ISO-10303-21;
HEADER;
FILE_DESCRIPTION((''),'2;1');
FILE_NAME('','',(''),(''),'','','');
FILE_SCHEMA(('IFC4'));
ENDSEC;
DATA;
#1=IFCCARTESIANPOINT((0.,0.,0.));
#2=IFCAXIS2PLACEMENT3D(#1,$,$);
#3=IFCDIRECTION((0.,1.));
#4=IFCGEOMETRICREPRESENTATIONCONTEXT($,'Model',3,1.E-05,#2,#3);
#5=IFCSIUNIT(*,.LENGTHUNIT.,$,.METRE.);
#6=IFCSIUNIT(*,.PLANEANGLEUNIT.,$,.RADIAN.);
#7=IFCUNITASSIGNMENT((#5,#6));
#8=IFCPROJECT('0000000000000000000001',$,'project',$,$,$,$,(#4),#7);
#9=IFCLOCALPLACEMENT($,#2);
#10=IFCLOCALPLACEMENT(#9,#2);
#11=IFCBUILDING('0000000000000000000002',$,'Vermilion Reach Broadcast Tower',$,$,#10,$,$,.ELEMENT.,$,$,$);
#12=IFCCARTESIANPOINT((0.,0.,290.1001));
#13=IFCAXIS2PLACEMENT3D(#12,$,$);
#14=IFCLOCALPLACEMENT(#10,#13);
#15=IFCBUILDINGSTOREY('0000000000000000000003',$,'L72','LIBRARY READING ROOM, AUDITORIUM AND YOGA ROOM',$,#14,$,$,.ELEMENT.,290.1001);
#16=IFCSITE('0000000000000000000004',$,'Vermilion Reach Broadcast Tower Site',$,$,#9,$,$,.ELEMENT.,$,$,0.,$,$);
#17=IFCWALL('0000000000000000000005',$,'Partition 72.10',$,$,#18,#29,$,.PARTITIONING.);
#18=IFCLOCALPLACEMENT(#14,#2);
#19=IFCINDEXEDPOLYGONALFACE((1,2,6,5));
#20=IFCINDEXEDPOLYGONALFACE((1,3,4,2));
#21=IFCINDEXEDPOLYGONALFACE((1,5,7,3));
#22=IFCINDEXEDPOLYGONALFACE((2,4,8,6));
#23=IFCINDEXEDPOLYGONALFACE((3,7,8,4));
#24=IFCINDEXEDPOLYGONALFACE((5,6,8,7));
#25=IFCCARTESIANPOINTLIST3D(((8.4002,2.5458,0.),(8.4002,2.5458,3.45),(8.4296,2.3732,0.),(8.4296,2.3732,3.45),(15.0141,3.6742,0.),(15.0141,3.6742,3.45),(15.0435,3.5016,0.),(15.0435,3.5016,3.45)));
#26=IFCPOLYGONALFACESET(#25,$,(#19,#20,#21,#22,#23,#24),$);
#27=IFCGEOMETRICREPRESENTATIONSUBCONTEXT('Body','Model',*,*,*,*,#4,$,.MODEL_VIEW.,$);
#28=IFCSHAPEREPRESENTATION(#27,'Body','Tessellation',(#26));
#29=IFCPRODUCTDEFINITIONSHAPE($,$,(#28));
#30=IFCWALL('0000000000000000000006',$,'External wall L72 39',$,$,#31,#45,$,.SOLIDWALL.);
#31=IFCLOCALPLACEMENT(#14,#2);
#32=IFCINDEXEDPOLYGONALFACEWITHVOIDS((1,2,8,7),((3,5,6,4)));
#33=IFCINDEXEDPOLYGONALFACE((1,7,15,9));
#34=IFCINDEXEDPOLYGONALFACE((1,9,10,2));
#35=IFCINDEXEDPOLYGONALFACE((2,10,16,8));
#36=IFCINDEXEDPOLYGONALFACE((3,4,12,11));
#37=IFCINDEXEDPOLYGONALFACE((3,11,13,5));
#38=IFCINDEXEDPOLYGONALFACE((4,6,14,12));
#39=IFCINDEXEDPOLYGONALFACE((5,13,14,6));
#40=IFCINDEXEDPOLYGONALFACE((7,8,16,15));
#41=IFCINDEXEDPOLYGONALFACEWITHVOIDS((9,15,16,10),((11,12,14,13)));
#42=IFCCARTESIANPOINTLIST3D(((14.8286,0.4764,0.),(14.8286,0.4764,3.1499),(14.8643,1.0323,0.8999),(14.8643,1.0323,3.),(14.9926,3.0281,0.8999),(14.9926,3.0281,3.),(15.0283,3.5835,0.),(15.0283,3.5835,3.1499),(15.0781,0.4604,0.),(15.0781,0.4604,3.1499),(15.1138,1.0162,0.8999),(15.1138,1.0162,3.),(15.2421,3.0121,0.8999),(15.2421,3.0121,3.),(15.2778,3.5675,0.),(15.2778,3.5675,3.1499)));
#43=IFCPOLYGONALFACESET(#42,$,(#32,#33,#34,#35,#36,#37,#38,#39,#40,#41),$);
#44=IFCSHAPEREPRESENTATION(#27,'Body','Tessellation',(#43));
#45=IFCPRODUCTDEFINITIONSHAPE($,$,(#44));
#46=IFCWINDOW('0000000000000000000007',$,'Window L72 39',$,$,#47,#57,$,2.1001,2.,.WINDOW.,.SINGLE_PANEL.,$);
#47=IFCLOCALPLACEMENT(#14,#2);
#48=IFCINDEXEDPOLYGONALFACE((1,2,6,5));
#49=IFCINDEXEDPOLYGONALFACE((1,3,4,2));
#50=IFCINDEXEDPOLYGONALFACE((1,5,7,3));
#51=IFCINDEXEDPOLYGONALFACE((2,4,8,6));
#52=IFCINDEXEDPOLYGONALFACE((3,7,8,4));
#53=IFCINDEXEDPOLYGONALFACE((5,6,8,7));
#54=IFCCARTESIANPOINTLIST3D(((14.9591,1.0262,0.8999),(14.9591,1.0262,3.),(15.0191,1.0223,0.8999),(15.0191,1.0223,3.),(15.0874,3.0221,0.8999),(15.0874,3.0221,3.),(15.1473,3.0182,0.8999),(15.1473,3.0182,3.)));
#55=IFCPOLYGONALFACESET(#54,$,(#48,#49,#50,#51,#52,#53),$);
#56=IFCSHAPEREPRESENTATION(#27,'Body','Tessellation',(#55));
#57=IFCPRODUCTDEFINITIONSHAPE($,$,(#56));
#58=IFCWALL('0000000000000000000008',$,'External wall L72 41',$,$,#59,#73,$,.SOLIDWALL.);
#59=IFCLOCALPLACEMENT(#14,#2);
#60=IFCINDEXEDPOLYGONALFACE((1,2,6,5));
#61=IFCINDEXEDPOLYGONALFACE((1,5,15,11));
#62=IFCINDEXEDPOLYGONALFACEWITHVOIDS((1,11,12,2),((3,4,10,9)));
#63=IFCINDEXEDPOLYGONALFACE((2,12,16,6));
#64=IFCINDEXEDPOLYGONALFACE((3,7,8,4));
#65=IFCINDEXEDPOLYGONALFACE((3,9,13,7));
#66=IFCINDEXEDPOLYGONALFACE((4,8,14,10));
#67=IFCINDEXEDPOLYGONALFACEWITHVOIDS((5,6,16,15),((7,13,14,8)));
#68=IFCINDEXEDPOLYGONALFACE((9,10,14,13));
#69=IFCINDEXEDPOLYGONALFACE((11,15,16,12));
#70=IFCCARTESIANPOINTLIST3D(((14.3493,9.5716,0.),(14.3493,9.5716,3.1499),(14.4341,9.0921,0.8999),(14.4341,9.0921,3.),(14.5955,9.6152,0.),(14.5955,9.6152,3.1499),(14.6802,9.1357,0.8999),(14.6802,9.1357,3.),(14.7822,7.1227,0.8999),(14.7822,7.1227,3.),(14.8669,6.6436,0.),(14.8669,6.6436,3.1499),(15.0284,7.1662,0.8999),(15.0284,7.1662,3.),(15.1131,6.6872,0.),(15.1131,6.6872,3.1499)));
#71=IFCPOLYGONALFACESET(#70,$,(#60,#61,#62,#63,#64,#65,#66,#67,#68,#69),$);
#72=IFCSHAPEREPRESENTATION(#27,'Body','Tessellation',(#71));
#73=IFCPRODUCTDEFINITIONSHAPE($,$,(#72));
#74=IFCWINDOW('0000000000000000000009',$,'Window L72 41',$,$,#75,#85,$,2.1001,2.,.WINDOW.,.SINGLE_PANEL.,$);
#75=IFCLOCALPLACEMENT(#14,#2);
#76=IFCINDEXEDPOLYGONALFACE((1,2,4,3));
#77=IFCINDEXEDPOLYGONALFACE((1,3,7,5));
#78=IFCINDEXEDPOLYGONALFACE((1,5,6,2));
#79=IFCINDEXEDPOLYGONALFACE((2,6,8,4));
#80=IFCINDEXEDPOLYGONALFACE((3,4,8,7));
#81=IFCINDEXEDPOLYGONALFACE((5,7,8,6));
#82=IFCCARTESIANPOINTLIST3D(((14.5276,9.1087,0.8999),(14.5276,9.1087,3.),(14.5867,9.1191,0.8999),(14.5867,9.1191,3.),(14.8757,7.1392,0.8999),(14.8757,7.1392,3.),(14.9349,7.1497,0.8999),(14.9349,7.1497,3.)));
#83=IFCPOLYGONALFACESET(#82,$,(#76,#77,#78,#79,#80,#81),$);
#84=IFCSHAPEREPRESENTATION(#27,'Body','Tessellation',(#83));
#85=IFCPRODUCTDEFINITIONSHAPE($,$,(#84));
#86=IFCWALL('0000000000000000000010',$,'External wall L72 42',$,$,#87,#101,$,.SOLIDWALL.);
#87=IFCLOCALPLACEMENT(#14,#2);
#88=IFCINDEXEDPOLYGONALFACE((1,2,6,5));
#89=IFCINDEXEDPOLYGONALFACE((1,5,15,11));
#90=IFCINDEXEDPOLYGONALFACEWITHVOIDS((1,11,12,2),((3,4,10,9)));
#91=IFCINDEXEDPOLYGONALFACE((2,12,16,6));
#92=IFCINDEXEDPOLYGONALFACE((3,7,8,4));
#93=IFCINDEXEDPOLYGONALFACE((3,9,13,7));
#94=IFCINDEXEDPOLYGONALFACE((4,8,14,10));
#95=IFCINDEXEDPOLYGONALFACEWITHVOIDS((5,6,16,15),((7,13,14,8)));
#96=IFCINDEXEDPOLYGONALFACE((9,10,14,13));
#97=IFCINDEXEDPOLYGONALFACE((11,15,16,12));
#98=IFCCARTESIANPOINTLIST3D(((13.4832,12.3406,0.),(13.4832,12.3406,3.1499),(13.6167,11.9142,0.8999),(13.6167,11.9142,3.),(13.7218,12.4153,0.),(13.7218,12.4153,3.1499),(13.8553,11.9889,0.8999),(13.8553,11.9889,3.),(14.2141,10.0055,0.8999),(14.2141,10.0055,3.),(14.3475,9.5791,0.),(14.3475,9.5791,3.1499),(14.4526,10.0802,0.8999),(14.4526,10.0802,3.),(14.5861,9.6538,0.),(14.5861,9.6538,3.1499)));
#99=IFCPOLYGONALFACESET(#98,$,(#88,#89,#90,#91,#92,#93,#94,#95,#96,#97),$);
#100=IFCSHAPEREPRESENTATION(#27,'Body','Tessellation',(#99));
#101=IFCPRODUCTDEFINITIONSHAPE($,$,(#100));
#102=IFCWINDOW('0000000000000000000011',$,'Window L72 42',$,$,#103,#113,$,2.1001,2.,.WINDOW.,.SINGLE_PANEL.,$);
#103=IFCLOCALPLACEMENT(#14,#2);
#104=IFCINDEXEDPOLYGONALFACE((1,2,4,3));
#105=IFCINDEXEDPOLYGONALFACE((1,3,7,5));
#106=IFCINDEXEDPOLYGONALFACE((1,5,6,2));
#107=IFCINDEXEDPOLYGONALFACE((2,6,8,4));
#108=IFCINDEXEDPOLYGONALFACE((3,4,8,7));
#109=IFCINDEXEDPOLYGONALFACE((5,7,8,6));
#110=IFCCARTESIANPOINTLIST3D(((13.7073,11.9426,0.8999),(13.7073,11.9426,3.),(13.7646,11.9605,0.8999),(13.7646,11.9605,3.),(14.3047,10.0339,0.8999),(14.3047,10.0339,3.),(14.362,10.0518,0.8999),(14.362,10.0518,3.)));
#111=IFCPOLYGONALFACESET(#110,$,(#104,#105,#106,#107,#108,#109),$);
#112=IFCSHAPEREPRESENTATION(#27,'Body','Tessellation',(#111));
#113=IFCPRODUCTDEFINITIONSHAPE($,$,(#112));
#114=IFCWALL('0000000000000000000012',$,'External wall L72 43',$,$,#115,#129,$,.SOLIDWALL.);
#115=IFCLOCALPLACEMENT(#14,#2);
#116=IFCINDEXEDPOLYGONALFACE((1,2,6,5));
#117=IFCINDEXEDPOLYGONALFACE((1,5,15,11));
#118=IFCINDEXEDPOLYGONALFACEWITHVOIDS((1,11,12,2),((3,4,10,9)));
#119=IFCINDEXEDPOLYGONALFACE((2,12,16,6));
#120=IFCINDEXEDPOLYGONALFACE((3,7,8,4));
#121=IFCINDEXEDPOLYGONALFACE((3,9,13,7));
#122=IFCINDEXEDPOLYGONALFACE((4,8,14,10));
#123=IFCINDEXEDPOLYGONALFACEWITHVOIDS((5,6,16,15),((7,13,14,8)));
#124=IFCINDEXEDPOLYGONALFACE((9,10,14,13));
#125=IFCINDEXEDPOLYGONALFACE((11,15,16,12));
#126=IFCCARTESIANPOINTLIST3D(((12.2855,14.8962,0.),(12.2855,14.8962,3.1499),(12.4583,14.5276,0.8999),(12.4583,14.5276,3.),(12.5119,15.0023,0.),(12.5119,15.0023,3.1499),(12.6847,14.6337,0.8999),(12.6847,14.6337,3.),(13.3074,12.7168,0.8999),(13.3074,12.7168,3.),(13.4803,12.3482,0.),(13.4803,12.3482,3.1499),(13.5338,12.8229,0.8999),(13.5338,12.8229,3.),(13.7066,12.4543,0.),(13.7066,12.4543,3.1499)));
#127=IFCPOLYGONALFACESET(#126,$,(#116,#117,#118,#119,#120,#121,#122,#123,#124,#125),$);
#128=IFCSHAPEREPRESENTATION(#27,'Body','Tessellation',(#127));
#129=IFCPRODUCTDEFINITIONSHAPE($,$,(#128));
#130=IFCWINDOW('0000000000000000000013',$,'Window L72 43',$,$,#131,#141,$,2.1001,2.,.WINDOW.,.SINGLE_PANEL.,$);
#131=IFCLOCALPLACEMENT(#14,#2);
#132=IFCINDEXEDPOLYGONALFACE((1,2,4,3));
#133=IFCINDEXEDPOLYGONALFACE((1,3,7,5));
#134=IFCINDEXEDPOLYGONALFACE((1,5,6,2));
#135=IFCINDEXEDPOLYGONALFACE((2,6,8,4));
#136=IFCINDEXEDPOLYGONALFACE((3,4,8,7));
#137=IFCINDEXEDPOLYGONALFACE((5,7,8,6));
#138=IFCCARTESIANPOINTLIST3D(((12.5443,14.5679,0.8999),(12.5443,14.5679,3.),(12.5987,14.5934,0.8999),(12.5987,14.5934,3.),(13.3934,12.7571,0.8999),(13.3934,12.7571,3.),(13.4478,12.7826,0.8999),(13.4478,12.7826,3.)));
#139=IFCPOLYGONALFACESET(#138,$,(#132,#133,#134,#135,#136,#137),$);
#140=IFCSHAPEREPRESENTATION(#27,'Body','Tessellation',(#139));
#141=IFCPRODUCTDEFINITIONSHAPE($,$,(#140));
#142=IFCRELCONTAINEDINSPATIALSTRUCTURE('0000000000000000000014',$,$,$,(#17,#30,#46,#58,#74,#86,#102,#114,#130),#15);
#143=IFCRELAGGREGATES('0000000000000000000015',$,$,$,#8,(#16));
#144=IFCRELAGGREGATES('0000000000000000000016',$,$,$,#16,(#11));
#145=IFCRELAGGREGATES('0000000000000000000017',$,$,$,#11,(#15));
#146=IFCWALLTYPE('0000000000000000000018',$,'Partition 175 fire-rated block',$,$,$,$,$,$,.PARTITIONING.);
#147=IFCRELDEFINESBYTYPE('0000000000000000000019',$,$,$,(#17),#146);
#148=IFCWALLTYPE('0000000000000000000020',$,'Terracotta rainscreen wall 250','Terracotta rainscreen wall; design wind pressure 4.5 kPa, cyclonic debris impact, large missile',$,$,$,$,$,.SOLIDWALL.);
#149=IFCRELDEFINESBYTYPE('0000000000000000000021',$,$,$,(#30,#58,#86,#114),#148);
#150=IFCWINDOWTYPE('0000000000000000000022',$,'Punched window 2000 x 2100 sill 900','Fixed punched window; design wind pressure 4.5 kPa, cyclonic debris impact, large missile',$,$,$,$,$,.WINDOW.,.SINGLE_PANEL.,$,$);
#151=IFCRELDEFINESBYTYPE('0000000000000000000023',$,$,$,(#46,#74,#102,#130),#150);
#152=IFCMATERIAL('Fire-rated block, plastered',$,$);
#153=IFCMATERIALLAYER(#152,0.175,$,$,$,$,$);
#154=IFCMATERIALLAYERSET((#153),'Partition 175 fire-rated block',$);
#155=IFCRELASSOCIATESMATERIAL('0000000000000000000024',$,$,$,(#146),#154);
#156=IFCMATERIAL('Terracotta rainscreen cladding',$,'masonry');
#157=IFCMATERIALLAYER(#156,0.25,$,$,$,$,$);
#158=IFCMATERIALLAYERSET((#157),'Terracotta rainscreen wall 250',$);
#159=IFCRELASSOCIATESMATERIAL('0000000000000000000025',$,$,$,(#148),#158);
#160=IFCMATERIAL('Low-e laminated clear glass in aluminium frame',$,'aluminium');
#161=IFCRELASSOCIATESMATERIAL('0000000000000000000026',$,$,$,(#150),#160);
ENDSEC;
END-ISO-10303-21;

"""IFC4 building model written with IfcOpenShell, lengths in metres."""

from ifc_helpers import new_model, si_unit, direction, frame, frame_2d, origin, place, context, subcontext, project, spatial, rectangle, extrude, material, layer, layer_set, type_object, element, fill, save


model = new_model("IFC4")

# Units and contexts
model_context = context("Model", 3, precision=1e-05, world=origin(), true_north=direction((0.0, 1.0)))
body_context = subcontext(model_context, "Body", "Model", "MODEL_VIEW")
ifc_project = project(units=[si_unit("LENGTHUNIT", "METRE"), si_unit("PLANEANGLEUNIT", "RADIAN")], contexts=[model_context])

# Site, building, storey
site_placement = place(None, origin())
site = spatial("IfcSite", under=ifc_project, at=site_placement, Name="Vermilion Reach Broadcast Tower Site", CompositionType="ELEMENT", RefElevation=0.0)
building_placement = place(site_placement, origin())
building = spatial("IfcBuilding", under=site, at=building_placement, Name="Vermilion Reach Broadcast Tower", CompositionType="ELEMENT")
storey_placement = place(building_placement, frame((0.0, 0.0, 290.1001)))
storey = spatial("IfcBuildingStorey", under=building, at=storey_placement, Name="L72", Description="LIBRARY READING ROOM, AUDITORIUM AND YOGA ROOM", CompositionType="ELEMENT", Elevation=290.1001)

# Wall
ifc_material_1 = material(Name="Fire-rated block, plastered")
ifc_layer_1 = layer(ifc_material_1, 0.175)
ifc_layer_set_1 = layer_set([ifc_layer_1], Name="Partition 175 fire-rated block")
wall_type_1 = type_object("IfcWallType", Name="Partition 175 fire-rated block", PredefinedType="PARTITIONING", material=ifc_layer_set_1)
wall_1_placement = place(storey_placement, frame((15.0288, 3.5879, 0.0), z_axis=(0.0, 0.0, 1.0), x_axis=(-0.985756, -0.16818, 0.0)))
element("IfcWall", 1, at=wall_1_placement, inside=storey, type_object=wall_type_1, Name="Partition 72.10", PredefinedType="PARTITIONING", context=body_context, shape_type="SweptSolid", body=[
    extrude(rectangle(XDim=6.7095, YDim=0.175, at=frame_2d((3.3547, 0.0))), origin(), (0.0, 0.0, 1.0), 3.45),
])

# Wall, opening, window
ifc_material_2 = material(Name="Terracotta rainscreen cladding", Category="masonry")
ifc_layer_2 = layer(ifc_material_2, 0.25)
ifc_layer_set_2 = layer_set([ifc_layer_2], Name="Terracotta rainscreen wall 250")
wall_type_2 = type_object("IfcWallType", Name="Terracotta rainscreen wall 250", Description="Terracotta rainscreen wall; design wind pressure 4.5 kPa, cyclonic debris impact, large missile", PredefinedType="SOLIDWALL", material=ifc_layer_set_2)
wall_2_placement = place(storey_placement, frame((14.9534, 0.4685, 0.0), z_axis=(0.0, 0.0, 1.0), x_axis=(0.06414, 0.997941, 0.0)))
wall_2 = element("IfcWall", 2, at=wall_2_placement, inside=storey, type_object=wall_type_2, Name="External wall L72 39", PredefinedType="SOLIDWALL", context=body_context, shape_type="SweptSolid", body=[
    extrude(rectangle(XDim=3.1135, YDim=0.25, at=frame_2d((1.5566, 0.0))), origin(), (0.0, 0.0, 1.0), 3.1499),
])
opening_1_placement = place(wall_2_placement, frame((0.5569, 0.0, 0.8999)))
opening_1 = element("IfcOpeningElement", 3, at=opening_1_placement, cuts=wall_2, PredefinedType="OPENING", context=body_context, shape_type="SweptSolid", body=[
    extrude(rectangle(XDim=2.0, YDim=2.1001, at=frame_2d((1.0, 1.05))), frame((0.0, 0.135, 0.0), z_axis=(0.0, -1.0, 0.0), x_axis=(1.0, 0.0, 0.0)), (0.0, 0.0, 1.0), 0.27),
])
ifc_material_3 = material(Name="Low-e laminated clear glass in aluminium frame", Category="aluminium")
window_type = type_object("IfcWindowType", Name="Punched window 2000 x 2100 sill 900", Description="Fixed punched window; design wind pressure 4.5 kPa, cyclonic debris impact, large missile", PartitioningType="SINGLE_PANEL", PredefinedType="WINDOW", material=ifc_material_3)
window_1_placement = place(opening_1_placement, origin())
window_1 = element("IfcWindow", 4, at=window_1_placement, inside=storey, type_object=window_type, Name="Window L72 39", OverallHeight=2.1001, OverallWidth=2.0, PartitioningType="SINGLE_PANEL", PredefinedType="WINDOW", context=body_context, shape_type="SweptSolid", body=[
    extrude(rectangle(XDim=2.0, YDim=2.1001, at=frame_2d((1.0, 1.05))), frame((0.0, 0.03, 0.0), z_axis=(0.0, -1.0, 0.0), x_axis=(1.0, 0.0, 0.0)), (0.0, 0.0, 1.0), 0.0601),
])
fill(opening_1, window_1)

# Walls, openings, windows
wall_3_placement = place(storey_placement, frame((14.99, 6.6653, 0.0), z_axis=(0.0, 0.0, 1.0), x_axis=(-0.174071, 0.984733, 0.0)))
wall_3 = element("IfcWall", 5, at=wall_3_placement, inside=storey, type_object=wall_type_2, Name="External wall L72 41", PredefinedType="SOLIDWALL", context=body_context, shape_type="SweptSolid", body=[
    extrude(rectangle(XDim=2.9734, YDim=0.25, at=frame_2d((1.4868, 0.0))), origin(), (0.0, 0.0, 1.0), 3.1499),
])
opening_2_placement = place(wall_3_placement, frame((0.4866, 0.0, 0.8999)))
opening_2 = element("IfcOpeningElement", 6, at=opening_2_placement, cuts=wall_3, PredefinedType="OPENING", context=body_context, shape_type="SweptSolid", body=[
    extrude(rectangle(XDim=2.0, YDim=2.1001, at=frame_2d((1.0, 1.05))), frame((0.0, 0.135, 0.0), z_axis=(0.0, -1.0, 0.0), x_axis=(1.0, 0.0, 0.0)), (0.0, 0.0, 1.0), 0.27),
])
window_2_placement = place(opening_2_placement, origin())
window_2 = element("IfcWindow", 7, at=window_2_placement, inside=storey, type_object=window_type, Name="Window L72 41", OverallHeight=2.1001, OverallWidth=2.0, PartitioningType="SINGLE_PANEL", PredefinedType="WINDOW", context=body_context, shape_type="SweptSolid", body=[
    extrude(rectangle(XDim=2.0, YDim=2.1001, at=frame_2d((1.0, 1.05))), frame((0.0, 0.03, 0.0), z_axis=(0.0, -1.0, 0.0), x_axis=(1.0, 0.0, 0.0)), (0.0, 0.0, 1.0), 0.0601),
])
fill(opening_2, window_2)
wall_4_placement = place(storey_placement, frame((14.4668, 9.6165, 0.0), z_axis=(0.0, 0.0, 1.0), x_axis=(-0.298683, 0.954352, 0.0)))
wall_4 = element("IfcWall", 8, at=wall_4_placement, inside=storey, type_object=wall_type_2, Name="External wall L72 42", PredefinedType="SOLIDWALL", context=body_context, shape_type="SweptSolid", body=[
    extrude(rectangle(XDim=2.8936, YDim=0.25, at=frame_2d((1.4468, 0.0))), origin(), (0.0, 0.0, 1.0), 3.1499),
])
opening_3_placement = place(wall_4_placement, frame((0.4468, 0.0, 0.8999)))
opening_3 = element("IfcOpeningElement", 9, at=opening_3_placement, cuts=wall_4, PredefinedType="OPENING", context=body_context, shape_type="SweptSolid", body=[
    extrude(rectangle(XDim=2.0, YDim=2.1001, at=frame_2d((1.0, 1.05))), frame((0.0, 0.135, 0.0), z_axis=(0.0, -1.0, 0.0), x_axis=(1.0, 0.0, 0.0)), (0.0, 0.0, 1.0), 0.27),
])
window_3_placement = place(opening_3_placement, origin())
window_3 = element("IfcWindow", 10, at=window_3_placement, inside=storey, type_object=window_type, Name="Window L72 42", OverallHeight=2.1001, OverallWidth=2.0, PartitioningType="SINGLE_PANEL", PredefinedType="WINDOW", context=body_context, shape_type="SweptSolid", body=[
    extrude(rectangle(XDim=2.0, YDim=2.1001, at=frame_2d((1.0, 1.05))), frame((0.0, 0.03, 0.0), z_axis=(0.0, -1.0, 0.0), x_axis=(1.0, 0.0, 0.0)), (0.0, 0.0, 1.0), 0.0601),
])
fill(opening_3, window_3)
wall_5_placement = place(storey_placement, frame((13.5935, 12.4011, 0.0), z_axis=(0.0, 0.0, 1.0), x_axis=(-0.424552, 0.905404, 0.0)))
wall_5 = element("IfcWall", 11, at=wall_5_placement, inside=storey, type_object=wall_type_2, Name="External wall L72 43", PredefinedType="SOLIDWALL", context=body_context, shape_type="SweptSolid", body=[
    extrude(rectangle(XDim=2.8142, YDim=0.25, at=frame_2d((1.4072, 0.0))), origin(), (0.0, 0.0, 1.0), 3.1499),
])
opening_4_placement = place(wall_5_placement, frame((0.4072, 0.0, 0.8999)))
opening_4 = element("IfcOpeningElement", 12, at=opening_4_placement, cuts=wall_5, PredefinedType="OPENING", context=body_context, shape_type="SweptSolid", body=[
    extrude(rectangle(XDim=2.0, YDim=2.1001, at=frame_2d((1.0, 1.05))), frame((0.0, 0.135, 0.0), z_axis=(0.0, -1.0, 0.0), x_axis=(1.0, 0.0, 0.0)), (0.0, 0.0, 1.0), 0.27),
])
window_4_placement = place(opening_4_placement, origin())
window_4 = element("IfcWindow", 13, at=window_4_placement, inside=storey, type_object=window_type, Name="Window L72 43", OverallHeight=2.1001, OverallWidth=2.0, PartitioningType="SINGLE_PANEL", PredefinedType="WINDOW", context=body_context, shape_type="SweptSolid", body=[
    extrude(rectangle(XDim=2.0, YDim=2.1001, at=frame_2d((1.0, 1.05))), frame((0.0, 0.03, 0.0), z_axis=(0.0, -1.0, 0.0), x_axis=(1.0, 0.0, 0.0)), (0.0, 0.0, 1.0), 0.0601),
])
fill(opening_4, window_4)

save(model, "model.ifc")
